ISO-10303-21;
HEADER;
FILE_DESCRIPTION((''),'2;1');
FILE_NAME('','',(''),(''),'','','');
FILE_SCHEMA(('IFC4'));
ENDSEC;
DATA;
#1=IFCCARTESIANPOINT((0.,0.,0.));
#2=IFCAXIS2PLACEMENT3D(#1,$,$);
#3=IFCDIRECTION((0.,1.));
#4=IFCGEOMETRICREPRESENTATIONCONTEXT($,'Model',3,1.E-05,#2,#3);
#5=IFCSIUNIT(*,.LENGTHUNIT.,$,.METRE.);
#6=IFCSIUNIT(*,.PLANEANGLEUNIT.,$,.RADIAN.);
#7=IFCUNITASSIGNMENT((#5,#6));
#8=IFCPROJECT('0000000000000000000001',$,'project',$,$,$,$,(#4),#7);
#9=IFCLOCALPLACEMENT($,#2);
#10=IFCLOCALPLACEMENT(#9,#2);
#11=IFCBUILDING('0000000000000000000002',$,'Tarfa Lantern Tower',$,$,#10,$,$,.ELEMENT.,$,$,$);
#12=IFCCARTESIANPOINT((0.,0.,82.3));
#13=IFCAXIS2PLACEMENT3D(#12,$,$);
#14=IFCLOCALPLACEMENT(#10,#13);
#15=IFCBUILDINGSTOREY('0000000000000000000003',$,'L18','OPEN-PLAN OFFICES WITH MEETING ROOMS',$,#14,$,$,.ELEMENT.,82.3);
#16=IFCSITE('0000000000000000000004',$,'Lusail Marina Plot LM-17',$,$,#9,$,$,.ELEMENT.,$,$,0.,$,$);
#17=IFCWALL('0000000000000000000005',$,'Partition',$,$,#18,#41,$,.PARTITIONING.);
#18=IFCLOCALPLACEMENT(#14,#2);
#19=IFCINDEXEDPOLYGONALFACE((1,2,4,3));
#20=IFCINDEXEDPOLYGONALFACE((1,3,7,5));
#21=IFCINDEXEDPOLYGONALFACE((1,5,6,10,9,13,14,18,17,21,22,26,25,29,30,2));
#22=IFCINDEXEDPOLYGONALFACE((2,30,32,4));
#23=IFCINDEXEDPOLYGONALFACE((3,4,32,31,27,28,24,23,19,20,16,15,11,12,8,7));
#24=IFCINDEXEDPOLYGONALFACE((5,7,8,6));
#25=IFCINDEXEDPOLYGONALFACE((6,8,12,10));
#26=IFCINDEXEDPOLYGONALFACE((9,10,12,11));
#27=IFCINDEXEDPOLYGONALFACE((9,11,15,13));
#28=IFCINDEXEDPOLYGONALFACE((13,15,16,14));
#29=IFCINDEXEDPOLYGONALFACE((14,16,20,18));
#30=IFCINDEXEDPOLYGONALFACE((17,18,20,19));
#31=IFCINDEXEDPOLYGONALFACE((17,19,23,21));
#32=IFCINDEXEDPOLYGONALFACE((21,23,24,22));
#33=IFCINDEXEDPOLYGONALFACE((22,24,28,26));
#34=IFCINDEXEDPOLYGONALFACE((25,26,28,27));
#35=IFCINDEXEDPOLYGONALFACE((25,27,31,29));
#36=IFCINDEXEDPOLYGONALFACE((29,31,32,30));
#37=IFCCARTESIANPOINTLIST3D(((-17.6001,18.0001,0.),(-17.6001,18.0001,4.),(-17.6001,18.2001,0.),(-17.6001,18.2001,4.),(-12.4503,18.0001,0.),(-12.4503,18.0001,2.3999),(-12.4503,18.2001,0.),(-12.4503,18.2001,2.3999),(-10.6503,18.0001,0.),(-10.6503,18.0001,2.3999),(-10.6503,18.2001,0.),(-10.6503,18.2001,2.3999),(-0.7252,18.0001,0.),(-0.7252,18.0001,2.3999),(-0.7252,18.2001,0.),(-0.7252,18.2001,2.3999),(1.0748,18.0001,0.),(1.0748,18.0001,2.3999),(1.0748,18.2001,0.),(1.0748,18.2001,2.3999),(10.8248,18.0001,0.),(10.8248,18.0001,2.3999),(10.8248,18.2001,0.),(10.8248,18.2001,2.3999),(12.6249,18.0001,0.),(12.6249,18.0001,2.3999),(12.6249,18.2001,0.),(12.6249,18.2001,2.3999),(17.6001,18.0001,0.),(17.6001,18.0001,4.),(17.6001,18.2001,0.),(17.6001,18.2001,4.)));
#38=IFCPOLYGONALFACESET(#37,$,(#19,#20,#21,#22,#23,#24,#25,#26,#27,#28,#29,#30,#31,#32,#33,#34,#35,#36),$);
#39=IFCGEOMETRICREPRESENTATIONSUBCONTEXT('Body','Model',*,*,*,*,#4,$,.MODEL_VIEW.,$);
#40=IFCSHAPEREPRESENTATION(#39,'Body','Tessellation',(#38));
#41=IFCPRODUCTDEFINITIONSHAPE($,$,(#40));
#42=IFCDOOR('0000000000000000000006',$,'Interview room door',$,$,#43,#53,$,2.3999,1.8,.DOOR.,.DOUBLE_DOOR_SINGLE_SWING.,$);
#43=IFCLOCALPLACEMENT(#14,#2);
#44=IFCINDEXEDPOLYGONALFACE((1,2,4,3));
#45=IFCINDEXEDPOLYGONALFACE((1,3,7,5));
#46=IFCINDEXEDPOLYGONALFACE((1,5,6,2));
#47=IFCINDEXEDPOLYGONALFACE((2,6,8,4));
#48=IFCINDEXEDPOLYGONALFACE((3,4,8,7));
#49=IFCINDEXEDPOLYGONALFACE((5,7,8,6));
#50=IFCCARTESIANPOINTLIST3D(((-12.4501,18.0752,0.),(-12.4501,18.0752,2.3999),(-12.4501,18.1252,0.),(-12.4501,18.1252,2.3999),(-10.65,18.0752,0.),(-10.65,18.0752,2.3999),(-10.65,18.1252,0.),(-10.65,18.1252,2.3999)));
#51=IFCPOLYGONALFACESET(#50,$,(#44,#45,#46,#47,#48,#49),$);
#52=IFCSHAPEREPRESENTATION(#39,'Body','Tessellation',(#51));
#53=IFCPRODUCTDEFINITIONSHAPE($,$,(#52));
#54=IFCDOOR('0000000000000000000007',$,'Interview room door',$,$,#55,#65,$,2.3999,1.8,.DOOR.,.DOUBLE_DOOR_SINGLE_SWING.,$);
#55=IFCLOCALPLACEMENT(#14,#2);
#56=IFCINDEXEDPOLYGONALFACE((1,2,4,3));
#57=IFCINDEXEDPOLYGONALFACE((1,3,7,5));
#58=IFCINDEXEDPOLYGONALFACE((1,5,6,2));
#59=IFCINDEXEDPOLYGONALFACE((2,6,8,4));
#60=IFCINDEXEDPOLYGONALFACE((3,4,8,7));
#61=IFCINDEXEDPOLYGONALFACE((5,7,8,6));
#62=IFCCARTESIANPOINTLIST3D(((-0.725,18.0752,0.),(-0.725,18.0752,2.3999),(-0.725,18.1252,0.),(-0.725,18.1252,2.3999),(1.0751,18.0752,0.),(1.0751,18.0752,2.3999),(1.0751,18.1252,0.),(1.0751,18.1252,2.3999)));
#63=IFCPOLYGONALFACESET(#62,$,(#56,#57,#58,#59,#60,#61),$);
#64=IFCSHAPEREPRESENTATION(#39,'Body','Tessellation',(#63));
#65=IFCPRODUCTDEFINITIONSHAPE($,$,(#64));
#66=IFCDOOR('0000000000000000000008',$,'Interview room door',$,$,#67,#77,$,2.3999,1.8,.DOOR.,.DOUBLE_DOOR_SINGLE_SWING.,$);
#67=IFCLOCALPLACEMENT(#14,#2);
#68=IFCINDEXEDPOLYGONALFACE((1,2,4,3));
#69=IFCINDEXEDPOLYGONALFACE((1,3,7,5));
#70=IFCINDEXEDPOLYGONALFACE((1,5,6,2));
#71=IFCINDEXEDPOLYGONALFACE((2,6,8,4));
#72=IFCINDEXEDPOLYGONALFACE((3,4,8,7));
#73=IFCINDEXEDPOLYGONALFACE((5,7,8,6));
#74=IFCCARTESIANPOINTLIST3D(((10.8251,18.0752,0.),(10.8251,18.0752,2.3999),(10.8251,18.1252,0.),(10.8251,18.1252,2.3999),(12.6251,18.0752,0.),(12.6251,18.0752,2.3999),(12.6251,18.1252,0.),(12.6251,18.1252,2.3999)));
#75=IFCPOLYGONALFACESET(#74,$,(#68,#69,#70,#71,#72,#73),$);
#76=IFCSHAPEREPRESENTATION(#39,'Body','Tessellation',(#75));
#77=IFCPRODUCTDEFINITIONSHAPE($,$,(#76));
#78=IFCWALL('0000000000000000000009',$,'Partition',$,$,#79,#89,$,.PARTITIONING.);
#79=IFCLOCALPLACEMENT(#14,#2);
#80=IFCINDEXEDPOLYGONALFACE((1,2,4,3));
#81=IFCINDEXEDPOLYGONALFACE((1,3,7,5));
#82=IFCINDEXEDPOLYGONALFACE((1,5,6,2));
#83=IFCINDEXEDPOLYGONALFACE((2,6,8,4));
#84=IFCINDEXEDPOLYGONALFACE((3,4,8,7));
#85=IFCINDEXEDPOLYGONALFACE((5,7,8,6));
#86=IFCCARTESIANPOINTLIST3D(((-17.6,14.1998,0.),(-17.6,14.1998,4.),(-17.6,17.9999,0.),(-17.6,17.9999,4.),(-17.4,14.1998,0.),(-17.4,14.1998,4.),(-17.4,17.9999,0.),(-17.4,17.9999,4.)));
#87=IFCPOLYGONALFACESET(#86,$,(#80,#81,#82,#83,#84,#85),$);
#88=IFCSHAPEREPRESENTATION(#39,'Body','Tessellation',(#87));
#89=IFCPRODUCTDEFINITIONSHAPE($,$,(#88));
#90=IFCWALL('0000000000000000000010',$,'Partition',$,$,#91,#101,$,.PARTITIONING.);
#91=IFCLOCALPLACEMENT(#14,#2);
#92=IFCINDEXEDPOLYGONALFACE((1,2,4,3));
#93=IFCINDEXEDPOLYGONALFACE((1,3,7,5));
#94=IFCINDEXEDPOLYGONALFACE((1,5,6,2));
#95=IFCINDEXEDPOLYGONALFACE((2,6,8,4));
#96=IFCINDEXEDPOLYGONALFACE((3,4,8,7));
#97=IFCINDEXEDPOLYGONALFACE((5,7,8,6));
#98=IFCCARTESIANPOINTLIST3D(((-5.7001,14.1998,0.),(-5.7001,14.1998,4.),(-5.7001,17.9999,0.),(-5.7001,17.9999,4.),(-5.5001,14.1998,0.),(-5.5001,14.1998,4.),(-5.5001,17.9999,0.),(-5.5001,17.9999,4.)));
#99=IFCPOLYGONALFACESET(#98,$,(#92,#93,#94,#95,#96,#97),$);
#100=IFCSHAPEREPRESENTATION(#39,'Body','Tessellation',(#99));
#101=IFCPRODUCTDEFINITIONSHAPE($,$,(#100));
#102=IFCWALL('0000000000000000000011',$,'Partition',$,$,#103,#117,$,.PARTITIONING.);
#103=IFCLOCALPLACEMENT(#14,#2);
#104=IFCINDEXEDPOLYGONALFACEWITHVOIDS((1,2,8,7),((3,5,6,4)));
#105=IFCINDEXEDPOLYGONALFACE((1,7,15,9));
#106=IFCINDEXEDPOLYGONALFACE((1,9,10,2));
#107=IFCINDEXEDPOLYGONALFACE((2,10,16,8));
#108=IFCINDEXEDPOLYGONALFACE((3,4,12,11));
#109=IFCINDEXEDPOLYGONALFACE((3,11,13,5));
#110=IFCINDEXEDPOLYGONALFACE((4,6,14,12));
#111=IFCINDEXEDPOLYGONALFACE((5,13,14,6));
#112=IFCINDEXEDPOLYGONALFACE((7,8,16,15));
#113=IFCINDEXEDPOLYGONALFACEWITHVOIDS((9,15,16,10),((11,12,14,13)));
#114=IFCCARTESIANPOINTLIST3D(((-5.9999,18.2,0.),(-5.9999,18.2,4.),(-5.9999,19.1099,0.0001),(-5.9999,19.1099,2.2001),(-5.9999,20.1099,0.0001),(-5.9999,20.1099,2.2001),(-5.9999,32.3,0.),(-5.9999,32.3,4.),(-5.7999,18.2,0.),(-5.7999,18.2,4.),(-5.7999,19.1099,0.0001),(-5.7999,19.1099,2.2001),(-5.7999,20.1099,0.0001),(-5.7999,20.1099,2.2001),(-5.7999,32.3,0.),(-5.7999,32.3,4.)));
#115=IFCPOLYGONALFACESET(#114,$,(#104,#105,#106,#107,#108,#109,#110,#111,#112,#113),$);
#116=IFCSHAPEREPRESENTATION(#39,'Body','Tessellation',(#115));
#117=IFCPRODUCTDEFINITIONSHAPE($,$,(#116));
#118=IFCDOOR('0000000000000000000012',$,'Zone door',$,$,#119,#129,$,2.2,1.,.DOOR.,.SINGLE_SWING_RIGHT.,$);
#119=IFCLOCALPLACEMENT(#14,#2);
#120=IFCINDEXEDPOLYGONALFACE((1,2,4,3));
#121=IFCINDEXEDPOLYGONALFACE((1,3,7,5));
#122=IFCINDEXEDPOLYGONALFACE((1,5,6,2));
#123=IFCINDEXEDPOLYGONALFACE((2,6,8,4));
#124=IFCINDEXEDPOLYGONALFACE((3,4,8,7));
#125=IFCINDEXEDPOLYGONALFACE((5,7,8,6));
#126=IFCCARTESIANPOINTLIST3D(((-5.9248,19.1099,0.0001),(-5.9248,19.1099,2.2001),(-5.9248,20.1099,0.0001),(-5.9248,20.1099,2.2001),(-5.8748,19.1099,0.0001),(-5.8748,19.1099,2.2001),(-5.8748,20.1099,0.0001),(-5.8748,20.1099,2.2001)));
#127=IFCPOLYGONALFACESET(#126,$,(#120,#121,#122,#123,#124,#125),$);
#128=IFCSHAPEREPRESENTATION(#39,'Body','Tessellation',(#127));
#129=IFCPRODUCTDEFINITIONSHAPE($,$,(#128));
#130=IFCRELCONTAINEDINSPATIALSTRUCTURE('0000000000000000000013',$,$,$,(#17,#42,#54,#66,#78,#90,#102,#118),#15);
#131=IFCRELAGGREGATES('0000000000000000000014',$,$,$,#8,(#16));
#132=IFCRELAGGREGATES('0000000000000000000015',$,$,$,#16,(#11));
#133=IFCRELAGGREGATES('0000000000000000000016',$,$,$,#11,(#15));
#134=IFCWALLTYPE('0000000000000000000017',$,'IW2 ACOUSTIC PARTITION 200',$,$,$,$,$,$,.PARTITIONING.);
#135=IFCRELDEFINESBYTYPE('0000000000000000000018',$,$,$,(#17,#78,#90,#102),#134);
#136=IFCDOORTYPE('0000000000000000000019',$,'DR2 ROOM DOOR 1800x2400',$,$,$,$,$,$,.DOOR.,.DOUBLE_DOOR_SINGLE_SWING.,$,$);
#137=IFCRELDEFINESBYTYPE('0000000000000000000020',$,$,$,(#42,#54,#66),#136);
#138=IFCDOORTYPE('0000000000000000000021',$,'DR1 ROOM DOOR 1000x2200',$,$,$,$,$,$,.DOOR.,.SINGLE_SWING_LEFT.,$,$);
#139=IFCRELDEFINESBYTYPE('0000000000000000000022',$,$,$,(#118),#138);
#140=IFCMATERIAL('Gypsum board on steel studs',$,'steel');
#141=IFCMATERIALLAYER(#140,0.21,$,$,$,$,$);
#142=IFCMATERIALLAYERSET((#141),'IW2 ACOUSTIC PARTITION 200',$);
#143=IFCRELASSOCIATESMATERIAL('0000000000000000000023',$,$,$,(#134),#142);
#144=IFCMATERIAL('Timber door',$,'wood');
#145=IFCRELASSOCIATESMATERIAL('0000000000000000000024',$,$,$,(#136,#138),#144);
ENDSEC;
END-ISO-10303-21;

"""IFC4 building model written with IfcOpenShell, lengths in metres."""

from ifc_helpers import new_model, si_unit, direction, frame, frame_2d, origin, place, context, subcontext, project, spatial, rectangle, extrude, material, layer, layer_set, type_object, element, fill, save


model = new_model("IFC4")

# Units and contexts
model_context = context("Model", 3, precision=1e-05, world=origin(), true_north=direction((0.0, 1.0)))
body_context = subcontext(model_context, "Body", "Model", "MODEL_VIEW")
ifc_project = project(units=[si_unit("LENGTHUNIT", "METRE"), si_unit("PLANEANGLEUNIT", "RADIAN")], contexts=[model_context])

# Site, building, storey
site_placement = place(None, origin())
site = spatial("IfcSite", under=ifc_project, at=site_placement, Name="Lusail Marina Plot LM-17", CompositionType="ELEMENT", RefElevation=0.0)
building_placement = place(site_placement, origin())
building = spatial("IfcBuilding", under=site, at=building_placement, Name="Tarfa Lantern Tower", CompositionType="ELEMENT")
storey_placement = place(building_placement, frame((0.0, 0.0, 82.3)))
storey = spatial("IfcBuildingStorey", under=building, at=storey_placement, Name="L18", Description="OPEN-PLAN OFFICES WITH MEETING ROOMS", CompositionType="ELEMENT", Elevation=82.3)

# Wall, openings, doors
ifc_material_1 = material(Name="Gypsum board on steel studs", Category="steel")
ifc_layer_1 = layer(ifc_material_1, 0.21)
ifc_layer_set_1 = layer_set([ifc_layer_1], Name="IW2 ACOUSTIC PARTITION 200")
wall_type = type_object("IfcWallType", Name="IW2 ACOUSTIC PARTITION 200", PredefinedType="PARTITIONING", material=ifc_layer_set_1)
wall_1_placement = place(storey_placement, frame((-17.6001, 18.1001, 0.0), z_axis=(0.0, 0.0, 1.0), x_axis=(1.0, 0.0, 0.0)))
wall_1 = element("IfcWall", 1, at=wall_1_placement, inside=storey, type_object=wall_type, Name="Partition", PredefinedType="PARTITIONING", context=body_context, shape_type="SweptSolid", body=[
    extrude(rectangle(XDim=35.2002, YDim=0.2, at=frame_2d((17.6001, 0.0))), origin(), (0.0, 0.0, 1.0), 4.0),
])
opening_1_placement = place(wall_1_placement, frame((5.1499, 0.0, 0.0)))
opening_1 = element("IfcOpeningElement", 2, at=opening_1_placement, cuts=wall_1, PredefinedType="OPENING", context=body_context, shape_type="SweptSolid", body=[
    extrude(rectangle(XDim=1.8, YDim=2.3999, at=frame_2d((0.8999, 1.2))), frame((0.0, 0.1099, 0.0), z_axis=(0.0, -1.0, 0.0), x_axis=(1.0, 0.0, 0.0)), (0.0, 0.0, 1.0), 0.22),
])
opening_2_placement = place(wall_1_placement, frame((16.875, 0.0, 0.0)))
opening_2 = element("IfcOpeningElement", 3, at=opening_2_placement, cuts=wall_1, PredefinedType="OPENING", context=body_context, shape_type="SweptSolid", body=[
    extrude(rectangle(XDim=1.8, YDim=2.3999, at=frame_2d((0.8999, 1.2))), frame((0.0, 0.1099, 0.0), z_axis=(0.0, -1.0, 0.0), x_axis=(1.0, 0.0, 0.0)), (0.0, 0.0, 1.0), 0.22),
])
opening_3_placement = place(wall_1_placement, frame((28.425, 0.0, 0.0)))
opening_3 = element("IfcOpeningElement", 4, at=opening_3_placement, cuts=wall_1, PredefinedType="OPENING", context=body_context, shape_type="SweptSolid", body=[
    extrude(rectangle(XDim=1.8, YDim=2.3999, at=frame_2d((0.8999, 1.2))), frame((0.0, 0.1099, 0.0), z_axis=(0.0, -1.0, 0.0), x_axis=(1.0, 0.0, 0.0)), (0.0, 0.0, 1.0), 0.22),
])
ifc_material_2 = material(Name="Timber door", Category="wood")
door_type_1 = type_object("IfcDoorType", Name="DR2 ROOM DOOR 1800x2400", OperationType="DOUBLE_DOOR_SINGLE_SWING", PredefinedType="DOOR", material=ifc_material_2)
door_1_placement = place(opening_1_placement, frame((1.8, 0.0, 0.0), z_axis=(0.0, 0.0, 1.0), x_axis=(-1.0, 0.0, 0.0)))
door_1 = element("IfcDoor", 5, at=door_1_placement, inside=storey, type_object=door_type_1, Name="Interview room door", OperationType="DOUBLE_DOOR_SINGLE_SWING", OverallHeight=2.3999, OverallWidth=1.8, PredefinedType="DOOR", context=body_context, shape_type="SweptSolid", body=[
    extrude(rectangle(XDim=1.8, YDim=2.3999, at=frame_2d((0.8999, 1.2))), frame((0.0, 0.0249, 0.0), z_axis=(0.0, -1.0, 0.0), x_axis=(1.0, 0.0, 0.0)), (0.0, 0.0, 1.0), 0.05),
])
fill(opening_1, door_1)
door_2_placement = place(opening_2_placement, frame((1.8, 0.0, 0.0), z_axis=(0.0, 0.0, 1.0), x_axis=(-1.0, 0.0, 0.0)))
door_2 = element("IfcDoor", 6, at=door_2_placement, inside=storey, type_object=door_type_1, Name="Interview room door", OperationType="DOUBLE_DOOR_SINGLE_SWING", OverallHeight=2.3999, OverallWidth=1.8, PredefinedType="DOOR", context=body_context, shape_type="SweptSolid", body=[
    extrude(rectangle(XDim=1.8, YDim=2.3999, at=frame_2d((0.8999, 1.2))), frame((0.0, 0.0249, 0.0), z_axis=(0.0, -1.0, 0.0), x_axis=(1.0, 0.0, 0.0)), (0.0, 0.0, 1.0), 0.05),
])
fill(opening_2, door_2)
door_3_placement = place(opening_3_placement, frame((1.8, 0.0, 0.0), z_axis=(0.0, 0.0, 1.0), x_axis=(-1.0, 0.0, 0.0)))
door_3 = element("IfcDoor", 7, at=door_3_placement, inside=storey, type_object=door_type_1, Name="Interview room door", OperationType="DOUBLE_DOOR_SINGLE_SWING", OverallHeight=2.3999, OverallWidth=1.8, PredefinedType="DOOR", context=body_context, shape_type="SweptSolid", body=[
    extrude(rectangle(XDim=1.8, YDim=2.3999, at=frame_2d((0.8999, 1.2))), frame((0.0, 0.0249, 0.0), z_axis=(0.0, -1.0, 0.0), x_axis=(1.0, 0.0, 0.0)), (0.0, 0.0, 1.0), 0.05),
])
fill(opening_3, door_3)

# Walls
for number, where, z_axis, x_axis, name in (
    (8, (-17.5, 14.2, 0.0), (0.0, 0.0, 1.0), (0.0, 1.0, 0.0), "Partition"),
    (9, (-5.6001, 14.2, 0.0), (0.0, 0.0, 1.0), (0.0, 1.0, 0.0), "Partition"),
):
    element("IfcWall", number, at=place(storey_placement, frame(where, z_axis=z_axis, x_axis=x_axis)), inside=storey, type_object=wall_type, Name=name, PredefinedType="PARTITIONING", context=body_context, shape_type="SweptSolid", body=[
        extrude(rectangle(XDim=3.8, YDim=0.2, at=frame_2d((1.8999, 0.0))), origin(), (0.0, 0.0, 1.0), 4.0),
    ])

# Wall, opening, door
wall_2_placement = place(storey_placement, frame((-5.8999, 18.2, 0.0), z_axis=(0.0, 0.0, 1.0), x_axis=(0.0, 1.0, 0.0)))
wall_2 = element("IfcWall", 10, at=wall_2_placement, inside=storey, type_object=wall_type, Name="Partition", PredefinedType="PARTITIONING", context=body_context, shape_type="SweptSolid", body=[
    extrude(rectangle(XDim=14.1001, YDim=0.2, at=frame_2d((7.05, 0.0))), origin(), (0.0, 0.0, 1.0), 4.0),
])
opening_4_placement = place(wall_2_placement, frame((0.9099, 0.0, 0.0)))
opening_4 = element("IfcOpeningElement", 11, at=opening_4_placement, cuts=wall_2, PredefinedType="OPENING", context=body_context, shape_type="SweptSolid", body=[
    extrude(rectangle(XDim=1.0, YDim=2.2, at=frame_2d((0.5, 1.1001))), frame((0.0, 0.1099, 0.0), z_axis=(0.0, -1.0, 0.0), x_axis=(1.0, 0.0, 0.0)), (0.0, 0.0, 1.0), 0.22),
])
door_type_2 = type_object("IfcDoorType", Name="DR1 ROOM DOOR 1000x2200", OperationType="SINGLE_SWING_LEFT", PredefinedType="DOOR", material=ifc_material_2)
door_4_placement = place(opening_4_placement, origin())
door_4 = element("IfcDoor", 12, at=door_4_placement, inside=storey, type_object=door_type_2, Name="Zone door", OperationType="SINGLE_SWING_RIGHT", OverallHeight=2.2, OverallWidth=1.0, PredefinedType="DOOR", context=body_context, shape_type="SweptSolid", body=[
    extrude(rectangle(XDim=1.0, YDim=2.2, at=frame_2d((0.5, 1.1001))), frame((0.0, 0.0249, 0.0), z_axis=(0.0, -1.0, 0.0), x_axis=(1.0, 0.0, 0.0)), (0.0, 0.0, 1.0), 0.05),
])
fill(opening_4, door_4)

save(model, "model.ifc")
